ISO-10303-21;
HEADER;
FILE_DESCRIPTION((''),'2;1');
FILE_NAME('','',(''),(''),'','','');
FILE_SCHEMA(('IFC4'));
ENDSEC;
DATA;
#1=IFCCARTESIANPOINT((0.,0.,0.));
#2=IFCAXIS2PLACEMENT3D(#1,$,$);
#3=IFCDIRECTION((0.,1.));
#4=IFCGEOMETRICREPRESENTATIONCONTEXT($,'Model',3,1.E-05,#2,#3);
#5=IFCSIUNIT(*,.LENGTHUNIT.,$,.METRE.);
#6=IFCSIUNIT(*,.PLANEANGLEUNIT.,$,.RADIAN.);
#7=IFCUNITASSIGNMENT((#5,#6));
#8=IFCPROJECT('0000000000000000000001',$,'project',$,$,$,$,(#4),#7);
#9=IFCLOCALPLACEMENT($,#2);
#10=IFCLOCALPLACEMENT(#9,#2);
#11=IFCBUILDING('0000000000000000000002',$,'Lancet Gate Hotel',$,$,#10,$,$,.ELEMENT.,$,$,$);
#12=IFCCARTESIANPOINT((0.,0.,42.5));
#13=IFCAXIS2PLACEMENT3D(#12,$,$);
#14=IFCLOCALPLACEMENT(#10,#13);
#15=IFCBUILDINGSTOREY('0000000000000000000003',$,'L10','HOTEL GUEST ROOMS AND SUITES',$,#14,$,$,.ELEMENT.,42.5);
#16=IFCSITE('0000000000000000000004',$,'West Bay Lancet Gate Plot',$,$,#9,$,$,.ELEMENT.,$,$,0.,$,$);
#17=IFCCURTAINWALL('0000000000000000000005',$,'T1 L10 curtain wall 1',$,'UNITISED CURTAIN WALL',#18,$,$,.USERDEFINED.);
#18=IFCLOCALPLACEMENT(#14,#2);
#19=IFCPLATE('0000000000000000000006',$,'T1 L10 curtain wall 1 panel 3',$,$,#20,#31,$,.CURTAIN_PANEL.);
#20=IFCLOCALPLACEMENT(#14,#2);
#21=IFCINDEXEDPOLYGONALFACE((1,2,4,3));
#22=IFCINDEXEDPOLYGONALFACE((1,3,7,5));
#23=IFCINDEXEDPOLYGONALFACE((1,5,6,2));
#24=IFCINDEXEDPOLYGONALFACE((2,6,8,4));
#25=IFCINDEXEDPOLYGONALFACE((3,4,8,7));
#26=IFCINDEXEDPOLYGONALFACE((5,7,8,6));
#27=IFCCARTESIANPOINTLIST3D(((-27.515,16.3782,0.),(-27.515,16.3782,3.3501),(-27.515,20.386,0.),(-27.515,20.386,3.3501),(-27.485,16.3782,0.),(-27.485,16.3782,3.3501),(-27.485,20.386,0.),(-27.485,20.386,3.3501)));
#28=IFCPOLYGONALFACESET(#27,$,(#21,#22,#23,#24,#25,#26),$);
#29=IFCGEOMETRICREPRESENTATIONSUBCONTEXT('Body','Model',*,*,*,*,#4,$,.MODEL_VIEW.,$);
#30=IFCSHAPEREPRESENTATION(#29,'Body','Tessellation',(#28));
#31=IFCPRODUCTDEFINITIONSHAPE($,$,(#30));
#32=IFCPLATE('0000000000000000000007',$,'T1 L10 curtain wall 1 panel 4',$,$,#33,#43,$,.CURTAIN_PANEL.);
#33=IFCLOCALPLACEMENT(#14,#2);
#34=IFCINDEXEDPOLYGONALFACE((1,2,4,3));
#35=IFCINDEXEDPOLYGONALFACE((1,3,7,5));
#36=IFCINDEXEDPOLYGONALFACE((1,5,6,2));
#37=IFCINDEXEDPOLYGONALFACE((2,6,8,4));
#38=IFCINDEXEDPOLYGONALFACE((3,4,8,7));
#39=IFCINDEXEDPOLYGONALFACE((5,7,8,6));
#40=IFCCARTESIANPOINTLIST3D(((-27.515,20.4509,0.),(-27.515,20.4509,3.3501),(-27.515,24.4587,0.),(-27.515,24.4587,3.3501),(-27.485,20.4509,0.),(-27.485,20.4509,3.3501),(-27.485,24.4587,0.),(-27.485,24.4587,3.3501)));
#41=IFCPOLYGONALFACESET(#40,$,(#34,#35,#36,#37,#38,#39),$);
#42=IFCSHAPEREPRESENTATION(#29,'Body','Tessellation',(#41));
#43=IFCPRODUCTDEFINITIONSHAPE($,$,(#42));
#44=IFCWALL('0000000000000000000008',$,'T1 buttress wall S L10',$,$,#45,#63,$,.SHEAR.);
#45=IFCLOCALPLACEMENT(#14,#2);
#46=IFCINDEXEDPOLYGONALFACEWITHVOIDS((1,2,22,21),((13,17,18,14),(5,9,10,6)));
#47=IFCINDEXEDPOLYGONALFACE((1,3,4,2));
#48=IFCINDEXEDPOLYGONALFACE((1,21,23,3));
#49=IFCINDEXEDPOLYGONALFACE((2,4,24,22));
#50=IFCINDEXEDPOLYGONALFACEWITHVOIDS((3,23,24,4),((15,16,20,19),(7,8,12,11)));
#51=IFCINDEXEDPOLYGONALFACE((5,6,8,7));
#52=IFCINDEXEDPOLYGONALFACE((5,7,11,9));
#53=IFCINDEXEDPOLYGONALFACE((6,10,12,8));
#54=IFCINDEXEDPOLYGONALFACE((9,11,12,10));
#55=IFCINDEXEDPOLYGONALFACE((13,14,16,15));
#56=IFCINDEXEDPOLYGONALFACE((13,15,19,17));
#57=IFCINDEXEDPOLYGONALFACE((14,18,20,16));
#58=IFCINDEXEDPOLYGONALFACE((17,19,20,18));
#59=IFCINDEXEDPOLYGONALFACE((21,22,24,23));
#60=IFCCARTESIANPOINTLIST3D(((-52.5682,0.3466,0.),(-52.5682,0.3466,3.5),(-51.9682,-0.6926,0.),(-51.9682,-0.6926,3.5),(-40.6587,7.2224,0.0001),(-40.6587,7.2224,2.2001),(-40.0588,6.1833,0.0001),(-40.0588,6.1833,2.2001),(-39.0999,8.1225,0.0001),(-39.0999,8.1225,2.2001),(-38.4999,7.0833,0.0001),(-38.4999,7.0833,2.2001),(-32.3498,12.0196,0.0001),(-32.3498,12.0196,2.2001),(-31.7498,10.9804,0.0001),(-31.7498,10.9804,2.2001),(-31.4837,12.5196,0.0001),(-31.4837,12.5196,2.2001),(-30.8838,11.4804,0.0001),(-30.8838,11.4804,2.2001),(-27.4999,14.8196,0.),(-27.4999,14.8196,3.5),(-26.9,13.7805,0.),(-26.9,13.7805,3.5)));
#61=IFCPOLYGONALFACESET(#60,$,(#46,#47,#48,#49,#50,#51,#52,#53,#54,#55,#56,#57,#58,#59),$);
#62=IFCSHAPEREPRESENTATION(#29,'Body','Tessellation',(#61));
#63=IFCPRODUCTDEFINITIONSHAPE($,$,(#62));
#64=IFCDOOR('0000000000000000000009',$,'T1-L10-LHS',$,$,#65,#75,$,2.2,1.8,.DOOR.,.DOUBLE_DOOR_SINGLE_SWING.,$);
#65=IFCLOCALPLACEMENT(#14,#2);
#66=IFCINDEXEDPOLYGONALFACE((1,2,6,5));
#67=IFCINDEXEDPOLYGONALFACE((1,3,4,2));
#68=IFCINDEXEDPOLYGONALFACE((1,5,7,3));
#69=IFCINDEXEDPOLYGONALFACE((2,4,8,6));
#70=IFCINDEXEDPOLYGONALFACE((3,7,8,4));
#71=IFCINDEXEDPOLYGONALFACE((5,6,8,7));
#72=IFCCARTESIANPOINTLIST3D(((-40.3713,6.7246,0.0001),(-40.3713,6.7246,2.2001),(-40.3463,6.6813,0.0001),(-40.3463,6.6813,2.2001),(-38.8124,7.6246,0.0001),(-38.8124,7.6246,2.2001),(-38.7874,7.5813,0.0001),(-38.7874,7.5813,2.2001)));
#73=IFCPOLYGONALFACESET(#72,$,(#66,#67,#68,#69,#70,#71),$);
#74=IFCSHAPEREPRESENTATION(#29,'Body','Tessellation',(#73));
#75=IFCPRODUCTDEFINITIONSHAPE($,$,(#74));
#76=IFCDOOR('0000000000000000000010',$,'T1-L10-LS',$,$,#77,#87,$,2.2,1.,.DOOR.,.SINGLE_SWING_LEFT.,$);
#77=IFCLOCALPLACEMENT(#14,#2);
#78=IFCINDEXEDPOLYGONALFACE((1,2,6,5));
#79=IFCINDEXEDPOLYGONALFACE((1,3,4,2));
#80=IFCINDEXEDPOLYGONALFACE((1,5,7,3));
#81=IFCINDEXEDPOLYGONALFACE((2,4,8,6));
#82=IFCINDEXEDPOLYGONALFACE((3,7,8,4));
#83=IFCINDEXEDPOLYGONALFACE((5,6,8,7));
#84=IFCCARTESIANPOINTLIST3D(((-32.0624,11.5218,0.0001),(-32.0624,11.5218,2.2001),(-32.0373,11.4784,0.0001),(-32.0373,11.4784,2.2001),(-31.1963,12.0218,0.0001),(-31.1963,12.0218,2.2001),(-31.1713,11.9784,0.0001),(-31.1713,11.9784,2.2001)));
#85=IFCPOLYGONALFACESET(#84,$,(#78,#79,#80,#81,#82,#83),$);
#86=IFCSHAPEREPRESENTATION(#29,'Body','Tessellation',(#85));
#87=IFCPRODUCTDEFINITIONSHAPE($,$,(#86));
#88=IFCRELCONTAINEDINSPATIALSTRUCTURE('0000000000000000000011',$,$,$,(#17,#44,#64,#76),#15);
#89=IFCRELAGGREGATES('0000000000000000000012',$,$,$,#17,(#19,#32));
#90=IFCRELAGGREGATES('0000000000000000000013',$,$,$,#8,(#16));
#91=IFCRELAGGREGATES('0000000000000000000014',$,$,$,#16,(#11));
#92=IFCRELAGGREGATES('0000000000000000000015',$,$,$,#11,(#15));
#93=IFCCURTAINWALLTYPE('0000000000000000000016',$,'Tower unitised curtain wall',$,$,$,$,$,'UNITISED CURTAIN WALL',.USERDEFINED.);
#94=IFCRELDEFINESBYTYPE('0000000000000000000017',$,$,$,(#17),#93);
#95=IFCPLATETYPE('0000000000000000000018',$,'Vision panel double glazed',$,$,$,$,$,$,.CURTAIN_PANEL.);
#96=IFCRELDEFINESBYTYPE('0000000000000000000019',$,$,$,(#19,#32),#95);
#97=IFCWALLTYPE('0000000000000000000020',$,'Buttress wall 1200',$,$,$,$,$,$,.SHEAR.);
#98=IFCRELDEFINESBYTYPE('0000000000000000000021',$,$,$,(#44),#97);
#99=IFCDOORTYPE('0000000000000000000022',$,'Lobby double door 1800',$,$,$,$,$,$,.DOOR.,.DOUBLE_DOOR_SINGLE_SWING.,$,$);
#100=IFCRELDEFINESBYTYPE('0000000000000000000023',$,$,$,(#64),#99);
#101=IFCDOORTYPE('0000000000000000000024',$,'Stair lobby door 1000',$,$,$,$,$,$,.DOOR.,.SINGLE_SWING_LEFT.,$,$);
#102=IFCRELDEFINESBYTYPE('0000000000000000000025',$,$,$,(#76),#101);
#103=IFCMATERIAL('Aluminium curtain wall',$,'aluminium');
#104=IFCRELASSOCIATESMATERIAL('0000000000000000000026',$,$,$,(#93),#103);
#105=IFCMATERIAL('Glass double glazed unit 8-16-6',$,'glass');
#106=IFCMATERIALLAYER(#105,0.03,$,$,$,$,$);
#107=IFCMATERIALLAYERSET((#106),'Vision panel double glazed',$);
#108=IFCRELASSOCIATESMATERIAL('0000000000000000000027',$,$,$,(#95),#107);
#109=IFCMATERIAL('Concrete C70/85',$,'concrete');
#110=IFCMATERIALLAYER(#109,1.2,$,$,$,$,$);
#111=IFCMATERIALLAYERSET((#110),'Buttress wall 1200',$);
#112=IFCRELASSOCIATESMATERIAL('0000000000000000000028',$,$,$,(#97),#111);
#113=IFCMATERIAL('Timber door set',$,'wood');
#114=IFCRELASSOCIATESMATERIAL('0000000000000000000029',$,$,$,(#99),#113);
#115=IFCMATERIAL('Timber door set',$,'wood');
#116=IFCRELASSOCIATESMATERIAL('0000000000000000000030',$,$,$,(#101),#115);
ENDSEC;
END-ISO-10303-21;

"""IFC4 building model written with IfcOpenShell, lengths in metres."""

from ifc_helpers import new_model, si_unit, direction, frame, frame_2d, origin, origin_2d, place, context, subcontext, project, spatial, rectangle, extrude, material, layer, layer_set, type_object, element, fill, aggregate, save


model = new_model("IFC4")

# Units and contexts
model_context = context("Model", 3, precision=1e-05, world=origin(), true_north=direction((0.0, 1.0)))
body_context = subcontext(model_context, "Body", "Model", "MODEL_VIEW")
ifc_project = project(units=[si_unit("LENGTHUNIT", "METRE"), si_unit("PLANEANGLEUNIT", "RADIAN")], contexts=[model_context])

# Site, building, storey
site_placement = place(None, origin())
site = spatial("IfcSite", under=ifc_project, at=site_placement, Name="West Bay Lancet Gate Plot", CompositionType="ELEMENT", RefElevation=0.0)
building_placement = place(site_placement, origin())
building = spatial("IfcBuilding", under=site, at=building_placement, Name="Lancet Gate Hotel", CompositionType="ELEMENT")
storey_placement = place(building_placement, frame((0.0, 0.0, 42.5)))
storey = spatial("IfcBuildingStorey", under=building, at=storey_placement, Name="L10", Description="HOTEL GUEST ROOMS AND SUITES", CompositionType="ELEMENT", Elevation=42.5)

# Curtain wall
ifc_material_1 = material(Name="Aluminium curtain wall", Category="aluminium")
curtain_wall_type = type_object("IfcCurtainWallType", Name="Tower unitised curtain wall", ElementType="UNITISED CURTAIN WALL", PredefinedType="USERDEFINED", material=ifc_material_1)
curtain_wall_placement = place(storey_placement, origin())
curtain_wall = element("IfcCurtainWall", 1, at=curtain_wall_placement, inside=storey, type_object=curtain_wall_type, Name="T1 L10 curtain wall 1", ObjectType="UNITISED CURTAIN WALL", PredefinedType="USERDEFINED")

# Plates
ifc_material_2 = material(Name="Glass double glazed unit 8-16-6", Category="glass")
ifc_layer_1 = layer(ifc_material_2, 0.03)
ifc_layer_set_1 = layer_set([ifc_layer_1], Name="Vision panel double glazed")
plate_type = type_object("IfcPlateType", Name="Vision panel double glazed", PredefinedType="CURTAIN_PANEL", material=ifc_layer_set_1)
plate_1_placement = place(storey_placement, frame((-27.5, 18.3821, 0.0), z_axis=(0.0, 0.0, 1.0), x_axis=(0.0, 1.0, 0.0)))
plate_1 = element("IfcPlate", 2, at=plate_1_placement, type_object=plate_type, Name="T1 L10 curtain wall 1 panel 3", PredefinedType="CURTAIN_PANEL", context=body_context, shape_type="SweptSolid", body=[
    extrude(rectangle(XDim=4.0078, YDim=0.03, at=origin_2d()), origin(), (0.0, 0.0, 1.0), 3.3501),
])
plate_2_placement = place(storey_placement, frame((-27.5, 22.4548, 0.0), z_axis=(0.0, 0.0, 1.0), x_axis=(0.0, 1.0, 0.0)))
plate_2 = element("IfcPlate", 3, at=plate_2_placement, type_object=plate_type, Name="T1 L10 curtain wall 1 panel 4", PredefinedType="CURTAIN_PANEL", context=body_context, shape_type="SweptSolid", body=[
    extrude(rectangle(XDim=4.0078, YDim=0.03, at=origin_2d()), origin(), (0.0, 0.0, 1.0), 3.3501),
])
aggregate(curtain_wall, [plate_1, plate_2])

# Wall, openings, doors
ifc_material_3 = material(Name="Concrete C70/85", Category="concrete")
ifc_layer_2 = layer(ifc_material_3, 1.2)
ifc_layer_set_2 = layer_set([ifc_layer_2], Name="Buttress wall 1200")
wall_type = type_object("IfcWallType", Name="Buttress wall 1200", PredefinedType="SHEAR", material=ifc_layer_set_2)
wall_placement = place(storey_placement, frame((-27.2, 14.3, 0.0), z_axis=(0.0, 0.0, 1.0), x_axis=(-0.866027, -0.499998, 0.0)))
wall = element("IfcWall", 4, at=wall_placement, inside=storey, type_object=wall_type, Name="T1 buttress wall S L10", PredefinedType="SHEAR", context=body_context, shape_type="SweptSolid", body=[
    extrude(rectangle(XDim=28.9463, YDim=1.2, at=frame_2d((14.4731, 0.0))), origin(), (0.0, 0.0, 1.0), 3.5),
])
opening_1_placement = place(wall_placement, frame((4.6001, 0.0, 0.0)))
opening_1 = element("IfcOpeningElement", 5, at=opening_1_placement, cuts=wall, PredefinedType="OPENING", context=body_context, shape_type="SweptSolid", body=[
    extrude(rectangle(XDim=1.0, YDim=2.2, at=frame_2d((0.5, 1.1001))), frame((0.0, 0.6099, 0.0), z_axis=(0.0, -1.0, 0.0), x_axis=(1.0, 0.0, 0.0)), (0.0, 0.0, 1.0), 1.22),
])
opening_2_placement = place(wall_placement, frame((13.3945, 0.0, 0.0)))
opening_2 = element("IfcOpeningElement", 6, at=opening_2_placement, cuts=wall, PredefinedType="OPENING", context=body_context, shape_type="SweptSolid", body=[
    extrude(rectangle(XDim=1.8, YDim=2.2, at=frame_2d((0.8999, 1.1001))), frame((0.0, 0.6099, 0.0), z_axis=(0.0, -1.0, 0.0), x_axis=(1.0, 0.0, 0.0)), (0.0, 0.0, 1.0), 1.22),
])
ifc_material_4 = material(Name="Timber door set", Category="wood")
door_type_1 = type_object("IfcDoorType", Name="Lobby double door 1800", OperationType="DOUBLE_DOOR_SINGLE_SWING", PredefinedType="DOOR", material=ifc_material_4)
door_1_placement = place(opening_2_placement, origin())
door_1 = element("IfcDoor", 7, at=door_1_placement, inside=storey, type_object=door_type_1, Name="T1-L10-LHS", OperationType="DOUBLE_DOOR_SINGLE_SWING", OverallHeight=2.2, OverallWidth=1.8, PredefinedType="DOOR", context=body_context, shape_type="SweptSolid", body=[
    extrude(rectangle(XDim=1.8, YDim=2.2, at=frame_2d((0.8999, 1.1001))), frame((0.0, 0.0249, 0.0), z_axis=(0.0, -1.0, 0.0), x_axis=(1.0, 0.0, 0.0)), (0.0, 0.0, 1.0), 0.05),
])
fill(opening_2, door_1)
ifc_material_5 = material(Name="Timber door set", Category="wood")
door_type_2 = type_object("IfcDoorType", Name="Stair lobby door 1000", OperationType="SINGLE_SWING_LEFT", PredefinedType="DOOR", material=ifc_material_5)
door_2_placement = place(opening_1_placement, origin())
door_2 = element("IfcDoor", 8, at=door_2_placement, inside=storey, type_object=door_type_2, Name="T1-L10-LS", OperationType="SINGLE_SWING_LEFT", OverallHeight=2.2, OverallWidth=1.0, PredefinedType="DOOR", context=body_context, shape_type="SweptSolid", body=[
    extrude(rectangle(XDim=1.0, YDim=2.2, at=frame_2d((0.5, 1.1001))), frame((0.0, 0.0249, 0.0), z_axis=(0.0, -1.0, 0.0), x_axis=(1.0, 0.0, 0.0)), (0.0, 0.0, 1.0), 0.05),
])
fill(opening_1, door_2)

save(model, "model.ifc")
